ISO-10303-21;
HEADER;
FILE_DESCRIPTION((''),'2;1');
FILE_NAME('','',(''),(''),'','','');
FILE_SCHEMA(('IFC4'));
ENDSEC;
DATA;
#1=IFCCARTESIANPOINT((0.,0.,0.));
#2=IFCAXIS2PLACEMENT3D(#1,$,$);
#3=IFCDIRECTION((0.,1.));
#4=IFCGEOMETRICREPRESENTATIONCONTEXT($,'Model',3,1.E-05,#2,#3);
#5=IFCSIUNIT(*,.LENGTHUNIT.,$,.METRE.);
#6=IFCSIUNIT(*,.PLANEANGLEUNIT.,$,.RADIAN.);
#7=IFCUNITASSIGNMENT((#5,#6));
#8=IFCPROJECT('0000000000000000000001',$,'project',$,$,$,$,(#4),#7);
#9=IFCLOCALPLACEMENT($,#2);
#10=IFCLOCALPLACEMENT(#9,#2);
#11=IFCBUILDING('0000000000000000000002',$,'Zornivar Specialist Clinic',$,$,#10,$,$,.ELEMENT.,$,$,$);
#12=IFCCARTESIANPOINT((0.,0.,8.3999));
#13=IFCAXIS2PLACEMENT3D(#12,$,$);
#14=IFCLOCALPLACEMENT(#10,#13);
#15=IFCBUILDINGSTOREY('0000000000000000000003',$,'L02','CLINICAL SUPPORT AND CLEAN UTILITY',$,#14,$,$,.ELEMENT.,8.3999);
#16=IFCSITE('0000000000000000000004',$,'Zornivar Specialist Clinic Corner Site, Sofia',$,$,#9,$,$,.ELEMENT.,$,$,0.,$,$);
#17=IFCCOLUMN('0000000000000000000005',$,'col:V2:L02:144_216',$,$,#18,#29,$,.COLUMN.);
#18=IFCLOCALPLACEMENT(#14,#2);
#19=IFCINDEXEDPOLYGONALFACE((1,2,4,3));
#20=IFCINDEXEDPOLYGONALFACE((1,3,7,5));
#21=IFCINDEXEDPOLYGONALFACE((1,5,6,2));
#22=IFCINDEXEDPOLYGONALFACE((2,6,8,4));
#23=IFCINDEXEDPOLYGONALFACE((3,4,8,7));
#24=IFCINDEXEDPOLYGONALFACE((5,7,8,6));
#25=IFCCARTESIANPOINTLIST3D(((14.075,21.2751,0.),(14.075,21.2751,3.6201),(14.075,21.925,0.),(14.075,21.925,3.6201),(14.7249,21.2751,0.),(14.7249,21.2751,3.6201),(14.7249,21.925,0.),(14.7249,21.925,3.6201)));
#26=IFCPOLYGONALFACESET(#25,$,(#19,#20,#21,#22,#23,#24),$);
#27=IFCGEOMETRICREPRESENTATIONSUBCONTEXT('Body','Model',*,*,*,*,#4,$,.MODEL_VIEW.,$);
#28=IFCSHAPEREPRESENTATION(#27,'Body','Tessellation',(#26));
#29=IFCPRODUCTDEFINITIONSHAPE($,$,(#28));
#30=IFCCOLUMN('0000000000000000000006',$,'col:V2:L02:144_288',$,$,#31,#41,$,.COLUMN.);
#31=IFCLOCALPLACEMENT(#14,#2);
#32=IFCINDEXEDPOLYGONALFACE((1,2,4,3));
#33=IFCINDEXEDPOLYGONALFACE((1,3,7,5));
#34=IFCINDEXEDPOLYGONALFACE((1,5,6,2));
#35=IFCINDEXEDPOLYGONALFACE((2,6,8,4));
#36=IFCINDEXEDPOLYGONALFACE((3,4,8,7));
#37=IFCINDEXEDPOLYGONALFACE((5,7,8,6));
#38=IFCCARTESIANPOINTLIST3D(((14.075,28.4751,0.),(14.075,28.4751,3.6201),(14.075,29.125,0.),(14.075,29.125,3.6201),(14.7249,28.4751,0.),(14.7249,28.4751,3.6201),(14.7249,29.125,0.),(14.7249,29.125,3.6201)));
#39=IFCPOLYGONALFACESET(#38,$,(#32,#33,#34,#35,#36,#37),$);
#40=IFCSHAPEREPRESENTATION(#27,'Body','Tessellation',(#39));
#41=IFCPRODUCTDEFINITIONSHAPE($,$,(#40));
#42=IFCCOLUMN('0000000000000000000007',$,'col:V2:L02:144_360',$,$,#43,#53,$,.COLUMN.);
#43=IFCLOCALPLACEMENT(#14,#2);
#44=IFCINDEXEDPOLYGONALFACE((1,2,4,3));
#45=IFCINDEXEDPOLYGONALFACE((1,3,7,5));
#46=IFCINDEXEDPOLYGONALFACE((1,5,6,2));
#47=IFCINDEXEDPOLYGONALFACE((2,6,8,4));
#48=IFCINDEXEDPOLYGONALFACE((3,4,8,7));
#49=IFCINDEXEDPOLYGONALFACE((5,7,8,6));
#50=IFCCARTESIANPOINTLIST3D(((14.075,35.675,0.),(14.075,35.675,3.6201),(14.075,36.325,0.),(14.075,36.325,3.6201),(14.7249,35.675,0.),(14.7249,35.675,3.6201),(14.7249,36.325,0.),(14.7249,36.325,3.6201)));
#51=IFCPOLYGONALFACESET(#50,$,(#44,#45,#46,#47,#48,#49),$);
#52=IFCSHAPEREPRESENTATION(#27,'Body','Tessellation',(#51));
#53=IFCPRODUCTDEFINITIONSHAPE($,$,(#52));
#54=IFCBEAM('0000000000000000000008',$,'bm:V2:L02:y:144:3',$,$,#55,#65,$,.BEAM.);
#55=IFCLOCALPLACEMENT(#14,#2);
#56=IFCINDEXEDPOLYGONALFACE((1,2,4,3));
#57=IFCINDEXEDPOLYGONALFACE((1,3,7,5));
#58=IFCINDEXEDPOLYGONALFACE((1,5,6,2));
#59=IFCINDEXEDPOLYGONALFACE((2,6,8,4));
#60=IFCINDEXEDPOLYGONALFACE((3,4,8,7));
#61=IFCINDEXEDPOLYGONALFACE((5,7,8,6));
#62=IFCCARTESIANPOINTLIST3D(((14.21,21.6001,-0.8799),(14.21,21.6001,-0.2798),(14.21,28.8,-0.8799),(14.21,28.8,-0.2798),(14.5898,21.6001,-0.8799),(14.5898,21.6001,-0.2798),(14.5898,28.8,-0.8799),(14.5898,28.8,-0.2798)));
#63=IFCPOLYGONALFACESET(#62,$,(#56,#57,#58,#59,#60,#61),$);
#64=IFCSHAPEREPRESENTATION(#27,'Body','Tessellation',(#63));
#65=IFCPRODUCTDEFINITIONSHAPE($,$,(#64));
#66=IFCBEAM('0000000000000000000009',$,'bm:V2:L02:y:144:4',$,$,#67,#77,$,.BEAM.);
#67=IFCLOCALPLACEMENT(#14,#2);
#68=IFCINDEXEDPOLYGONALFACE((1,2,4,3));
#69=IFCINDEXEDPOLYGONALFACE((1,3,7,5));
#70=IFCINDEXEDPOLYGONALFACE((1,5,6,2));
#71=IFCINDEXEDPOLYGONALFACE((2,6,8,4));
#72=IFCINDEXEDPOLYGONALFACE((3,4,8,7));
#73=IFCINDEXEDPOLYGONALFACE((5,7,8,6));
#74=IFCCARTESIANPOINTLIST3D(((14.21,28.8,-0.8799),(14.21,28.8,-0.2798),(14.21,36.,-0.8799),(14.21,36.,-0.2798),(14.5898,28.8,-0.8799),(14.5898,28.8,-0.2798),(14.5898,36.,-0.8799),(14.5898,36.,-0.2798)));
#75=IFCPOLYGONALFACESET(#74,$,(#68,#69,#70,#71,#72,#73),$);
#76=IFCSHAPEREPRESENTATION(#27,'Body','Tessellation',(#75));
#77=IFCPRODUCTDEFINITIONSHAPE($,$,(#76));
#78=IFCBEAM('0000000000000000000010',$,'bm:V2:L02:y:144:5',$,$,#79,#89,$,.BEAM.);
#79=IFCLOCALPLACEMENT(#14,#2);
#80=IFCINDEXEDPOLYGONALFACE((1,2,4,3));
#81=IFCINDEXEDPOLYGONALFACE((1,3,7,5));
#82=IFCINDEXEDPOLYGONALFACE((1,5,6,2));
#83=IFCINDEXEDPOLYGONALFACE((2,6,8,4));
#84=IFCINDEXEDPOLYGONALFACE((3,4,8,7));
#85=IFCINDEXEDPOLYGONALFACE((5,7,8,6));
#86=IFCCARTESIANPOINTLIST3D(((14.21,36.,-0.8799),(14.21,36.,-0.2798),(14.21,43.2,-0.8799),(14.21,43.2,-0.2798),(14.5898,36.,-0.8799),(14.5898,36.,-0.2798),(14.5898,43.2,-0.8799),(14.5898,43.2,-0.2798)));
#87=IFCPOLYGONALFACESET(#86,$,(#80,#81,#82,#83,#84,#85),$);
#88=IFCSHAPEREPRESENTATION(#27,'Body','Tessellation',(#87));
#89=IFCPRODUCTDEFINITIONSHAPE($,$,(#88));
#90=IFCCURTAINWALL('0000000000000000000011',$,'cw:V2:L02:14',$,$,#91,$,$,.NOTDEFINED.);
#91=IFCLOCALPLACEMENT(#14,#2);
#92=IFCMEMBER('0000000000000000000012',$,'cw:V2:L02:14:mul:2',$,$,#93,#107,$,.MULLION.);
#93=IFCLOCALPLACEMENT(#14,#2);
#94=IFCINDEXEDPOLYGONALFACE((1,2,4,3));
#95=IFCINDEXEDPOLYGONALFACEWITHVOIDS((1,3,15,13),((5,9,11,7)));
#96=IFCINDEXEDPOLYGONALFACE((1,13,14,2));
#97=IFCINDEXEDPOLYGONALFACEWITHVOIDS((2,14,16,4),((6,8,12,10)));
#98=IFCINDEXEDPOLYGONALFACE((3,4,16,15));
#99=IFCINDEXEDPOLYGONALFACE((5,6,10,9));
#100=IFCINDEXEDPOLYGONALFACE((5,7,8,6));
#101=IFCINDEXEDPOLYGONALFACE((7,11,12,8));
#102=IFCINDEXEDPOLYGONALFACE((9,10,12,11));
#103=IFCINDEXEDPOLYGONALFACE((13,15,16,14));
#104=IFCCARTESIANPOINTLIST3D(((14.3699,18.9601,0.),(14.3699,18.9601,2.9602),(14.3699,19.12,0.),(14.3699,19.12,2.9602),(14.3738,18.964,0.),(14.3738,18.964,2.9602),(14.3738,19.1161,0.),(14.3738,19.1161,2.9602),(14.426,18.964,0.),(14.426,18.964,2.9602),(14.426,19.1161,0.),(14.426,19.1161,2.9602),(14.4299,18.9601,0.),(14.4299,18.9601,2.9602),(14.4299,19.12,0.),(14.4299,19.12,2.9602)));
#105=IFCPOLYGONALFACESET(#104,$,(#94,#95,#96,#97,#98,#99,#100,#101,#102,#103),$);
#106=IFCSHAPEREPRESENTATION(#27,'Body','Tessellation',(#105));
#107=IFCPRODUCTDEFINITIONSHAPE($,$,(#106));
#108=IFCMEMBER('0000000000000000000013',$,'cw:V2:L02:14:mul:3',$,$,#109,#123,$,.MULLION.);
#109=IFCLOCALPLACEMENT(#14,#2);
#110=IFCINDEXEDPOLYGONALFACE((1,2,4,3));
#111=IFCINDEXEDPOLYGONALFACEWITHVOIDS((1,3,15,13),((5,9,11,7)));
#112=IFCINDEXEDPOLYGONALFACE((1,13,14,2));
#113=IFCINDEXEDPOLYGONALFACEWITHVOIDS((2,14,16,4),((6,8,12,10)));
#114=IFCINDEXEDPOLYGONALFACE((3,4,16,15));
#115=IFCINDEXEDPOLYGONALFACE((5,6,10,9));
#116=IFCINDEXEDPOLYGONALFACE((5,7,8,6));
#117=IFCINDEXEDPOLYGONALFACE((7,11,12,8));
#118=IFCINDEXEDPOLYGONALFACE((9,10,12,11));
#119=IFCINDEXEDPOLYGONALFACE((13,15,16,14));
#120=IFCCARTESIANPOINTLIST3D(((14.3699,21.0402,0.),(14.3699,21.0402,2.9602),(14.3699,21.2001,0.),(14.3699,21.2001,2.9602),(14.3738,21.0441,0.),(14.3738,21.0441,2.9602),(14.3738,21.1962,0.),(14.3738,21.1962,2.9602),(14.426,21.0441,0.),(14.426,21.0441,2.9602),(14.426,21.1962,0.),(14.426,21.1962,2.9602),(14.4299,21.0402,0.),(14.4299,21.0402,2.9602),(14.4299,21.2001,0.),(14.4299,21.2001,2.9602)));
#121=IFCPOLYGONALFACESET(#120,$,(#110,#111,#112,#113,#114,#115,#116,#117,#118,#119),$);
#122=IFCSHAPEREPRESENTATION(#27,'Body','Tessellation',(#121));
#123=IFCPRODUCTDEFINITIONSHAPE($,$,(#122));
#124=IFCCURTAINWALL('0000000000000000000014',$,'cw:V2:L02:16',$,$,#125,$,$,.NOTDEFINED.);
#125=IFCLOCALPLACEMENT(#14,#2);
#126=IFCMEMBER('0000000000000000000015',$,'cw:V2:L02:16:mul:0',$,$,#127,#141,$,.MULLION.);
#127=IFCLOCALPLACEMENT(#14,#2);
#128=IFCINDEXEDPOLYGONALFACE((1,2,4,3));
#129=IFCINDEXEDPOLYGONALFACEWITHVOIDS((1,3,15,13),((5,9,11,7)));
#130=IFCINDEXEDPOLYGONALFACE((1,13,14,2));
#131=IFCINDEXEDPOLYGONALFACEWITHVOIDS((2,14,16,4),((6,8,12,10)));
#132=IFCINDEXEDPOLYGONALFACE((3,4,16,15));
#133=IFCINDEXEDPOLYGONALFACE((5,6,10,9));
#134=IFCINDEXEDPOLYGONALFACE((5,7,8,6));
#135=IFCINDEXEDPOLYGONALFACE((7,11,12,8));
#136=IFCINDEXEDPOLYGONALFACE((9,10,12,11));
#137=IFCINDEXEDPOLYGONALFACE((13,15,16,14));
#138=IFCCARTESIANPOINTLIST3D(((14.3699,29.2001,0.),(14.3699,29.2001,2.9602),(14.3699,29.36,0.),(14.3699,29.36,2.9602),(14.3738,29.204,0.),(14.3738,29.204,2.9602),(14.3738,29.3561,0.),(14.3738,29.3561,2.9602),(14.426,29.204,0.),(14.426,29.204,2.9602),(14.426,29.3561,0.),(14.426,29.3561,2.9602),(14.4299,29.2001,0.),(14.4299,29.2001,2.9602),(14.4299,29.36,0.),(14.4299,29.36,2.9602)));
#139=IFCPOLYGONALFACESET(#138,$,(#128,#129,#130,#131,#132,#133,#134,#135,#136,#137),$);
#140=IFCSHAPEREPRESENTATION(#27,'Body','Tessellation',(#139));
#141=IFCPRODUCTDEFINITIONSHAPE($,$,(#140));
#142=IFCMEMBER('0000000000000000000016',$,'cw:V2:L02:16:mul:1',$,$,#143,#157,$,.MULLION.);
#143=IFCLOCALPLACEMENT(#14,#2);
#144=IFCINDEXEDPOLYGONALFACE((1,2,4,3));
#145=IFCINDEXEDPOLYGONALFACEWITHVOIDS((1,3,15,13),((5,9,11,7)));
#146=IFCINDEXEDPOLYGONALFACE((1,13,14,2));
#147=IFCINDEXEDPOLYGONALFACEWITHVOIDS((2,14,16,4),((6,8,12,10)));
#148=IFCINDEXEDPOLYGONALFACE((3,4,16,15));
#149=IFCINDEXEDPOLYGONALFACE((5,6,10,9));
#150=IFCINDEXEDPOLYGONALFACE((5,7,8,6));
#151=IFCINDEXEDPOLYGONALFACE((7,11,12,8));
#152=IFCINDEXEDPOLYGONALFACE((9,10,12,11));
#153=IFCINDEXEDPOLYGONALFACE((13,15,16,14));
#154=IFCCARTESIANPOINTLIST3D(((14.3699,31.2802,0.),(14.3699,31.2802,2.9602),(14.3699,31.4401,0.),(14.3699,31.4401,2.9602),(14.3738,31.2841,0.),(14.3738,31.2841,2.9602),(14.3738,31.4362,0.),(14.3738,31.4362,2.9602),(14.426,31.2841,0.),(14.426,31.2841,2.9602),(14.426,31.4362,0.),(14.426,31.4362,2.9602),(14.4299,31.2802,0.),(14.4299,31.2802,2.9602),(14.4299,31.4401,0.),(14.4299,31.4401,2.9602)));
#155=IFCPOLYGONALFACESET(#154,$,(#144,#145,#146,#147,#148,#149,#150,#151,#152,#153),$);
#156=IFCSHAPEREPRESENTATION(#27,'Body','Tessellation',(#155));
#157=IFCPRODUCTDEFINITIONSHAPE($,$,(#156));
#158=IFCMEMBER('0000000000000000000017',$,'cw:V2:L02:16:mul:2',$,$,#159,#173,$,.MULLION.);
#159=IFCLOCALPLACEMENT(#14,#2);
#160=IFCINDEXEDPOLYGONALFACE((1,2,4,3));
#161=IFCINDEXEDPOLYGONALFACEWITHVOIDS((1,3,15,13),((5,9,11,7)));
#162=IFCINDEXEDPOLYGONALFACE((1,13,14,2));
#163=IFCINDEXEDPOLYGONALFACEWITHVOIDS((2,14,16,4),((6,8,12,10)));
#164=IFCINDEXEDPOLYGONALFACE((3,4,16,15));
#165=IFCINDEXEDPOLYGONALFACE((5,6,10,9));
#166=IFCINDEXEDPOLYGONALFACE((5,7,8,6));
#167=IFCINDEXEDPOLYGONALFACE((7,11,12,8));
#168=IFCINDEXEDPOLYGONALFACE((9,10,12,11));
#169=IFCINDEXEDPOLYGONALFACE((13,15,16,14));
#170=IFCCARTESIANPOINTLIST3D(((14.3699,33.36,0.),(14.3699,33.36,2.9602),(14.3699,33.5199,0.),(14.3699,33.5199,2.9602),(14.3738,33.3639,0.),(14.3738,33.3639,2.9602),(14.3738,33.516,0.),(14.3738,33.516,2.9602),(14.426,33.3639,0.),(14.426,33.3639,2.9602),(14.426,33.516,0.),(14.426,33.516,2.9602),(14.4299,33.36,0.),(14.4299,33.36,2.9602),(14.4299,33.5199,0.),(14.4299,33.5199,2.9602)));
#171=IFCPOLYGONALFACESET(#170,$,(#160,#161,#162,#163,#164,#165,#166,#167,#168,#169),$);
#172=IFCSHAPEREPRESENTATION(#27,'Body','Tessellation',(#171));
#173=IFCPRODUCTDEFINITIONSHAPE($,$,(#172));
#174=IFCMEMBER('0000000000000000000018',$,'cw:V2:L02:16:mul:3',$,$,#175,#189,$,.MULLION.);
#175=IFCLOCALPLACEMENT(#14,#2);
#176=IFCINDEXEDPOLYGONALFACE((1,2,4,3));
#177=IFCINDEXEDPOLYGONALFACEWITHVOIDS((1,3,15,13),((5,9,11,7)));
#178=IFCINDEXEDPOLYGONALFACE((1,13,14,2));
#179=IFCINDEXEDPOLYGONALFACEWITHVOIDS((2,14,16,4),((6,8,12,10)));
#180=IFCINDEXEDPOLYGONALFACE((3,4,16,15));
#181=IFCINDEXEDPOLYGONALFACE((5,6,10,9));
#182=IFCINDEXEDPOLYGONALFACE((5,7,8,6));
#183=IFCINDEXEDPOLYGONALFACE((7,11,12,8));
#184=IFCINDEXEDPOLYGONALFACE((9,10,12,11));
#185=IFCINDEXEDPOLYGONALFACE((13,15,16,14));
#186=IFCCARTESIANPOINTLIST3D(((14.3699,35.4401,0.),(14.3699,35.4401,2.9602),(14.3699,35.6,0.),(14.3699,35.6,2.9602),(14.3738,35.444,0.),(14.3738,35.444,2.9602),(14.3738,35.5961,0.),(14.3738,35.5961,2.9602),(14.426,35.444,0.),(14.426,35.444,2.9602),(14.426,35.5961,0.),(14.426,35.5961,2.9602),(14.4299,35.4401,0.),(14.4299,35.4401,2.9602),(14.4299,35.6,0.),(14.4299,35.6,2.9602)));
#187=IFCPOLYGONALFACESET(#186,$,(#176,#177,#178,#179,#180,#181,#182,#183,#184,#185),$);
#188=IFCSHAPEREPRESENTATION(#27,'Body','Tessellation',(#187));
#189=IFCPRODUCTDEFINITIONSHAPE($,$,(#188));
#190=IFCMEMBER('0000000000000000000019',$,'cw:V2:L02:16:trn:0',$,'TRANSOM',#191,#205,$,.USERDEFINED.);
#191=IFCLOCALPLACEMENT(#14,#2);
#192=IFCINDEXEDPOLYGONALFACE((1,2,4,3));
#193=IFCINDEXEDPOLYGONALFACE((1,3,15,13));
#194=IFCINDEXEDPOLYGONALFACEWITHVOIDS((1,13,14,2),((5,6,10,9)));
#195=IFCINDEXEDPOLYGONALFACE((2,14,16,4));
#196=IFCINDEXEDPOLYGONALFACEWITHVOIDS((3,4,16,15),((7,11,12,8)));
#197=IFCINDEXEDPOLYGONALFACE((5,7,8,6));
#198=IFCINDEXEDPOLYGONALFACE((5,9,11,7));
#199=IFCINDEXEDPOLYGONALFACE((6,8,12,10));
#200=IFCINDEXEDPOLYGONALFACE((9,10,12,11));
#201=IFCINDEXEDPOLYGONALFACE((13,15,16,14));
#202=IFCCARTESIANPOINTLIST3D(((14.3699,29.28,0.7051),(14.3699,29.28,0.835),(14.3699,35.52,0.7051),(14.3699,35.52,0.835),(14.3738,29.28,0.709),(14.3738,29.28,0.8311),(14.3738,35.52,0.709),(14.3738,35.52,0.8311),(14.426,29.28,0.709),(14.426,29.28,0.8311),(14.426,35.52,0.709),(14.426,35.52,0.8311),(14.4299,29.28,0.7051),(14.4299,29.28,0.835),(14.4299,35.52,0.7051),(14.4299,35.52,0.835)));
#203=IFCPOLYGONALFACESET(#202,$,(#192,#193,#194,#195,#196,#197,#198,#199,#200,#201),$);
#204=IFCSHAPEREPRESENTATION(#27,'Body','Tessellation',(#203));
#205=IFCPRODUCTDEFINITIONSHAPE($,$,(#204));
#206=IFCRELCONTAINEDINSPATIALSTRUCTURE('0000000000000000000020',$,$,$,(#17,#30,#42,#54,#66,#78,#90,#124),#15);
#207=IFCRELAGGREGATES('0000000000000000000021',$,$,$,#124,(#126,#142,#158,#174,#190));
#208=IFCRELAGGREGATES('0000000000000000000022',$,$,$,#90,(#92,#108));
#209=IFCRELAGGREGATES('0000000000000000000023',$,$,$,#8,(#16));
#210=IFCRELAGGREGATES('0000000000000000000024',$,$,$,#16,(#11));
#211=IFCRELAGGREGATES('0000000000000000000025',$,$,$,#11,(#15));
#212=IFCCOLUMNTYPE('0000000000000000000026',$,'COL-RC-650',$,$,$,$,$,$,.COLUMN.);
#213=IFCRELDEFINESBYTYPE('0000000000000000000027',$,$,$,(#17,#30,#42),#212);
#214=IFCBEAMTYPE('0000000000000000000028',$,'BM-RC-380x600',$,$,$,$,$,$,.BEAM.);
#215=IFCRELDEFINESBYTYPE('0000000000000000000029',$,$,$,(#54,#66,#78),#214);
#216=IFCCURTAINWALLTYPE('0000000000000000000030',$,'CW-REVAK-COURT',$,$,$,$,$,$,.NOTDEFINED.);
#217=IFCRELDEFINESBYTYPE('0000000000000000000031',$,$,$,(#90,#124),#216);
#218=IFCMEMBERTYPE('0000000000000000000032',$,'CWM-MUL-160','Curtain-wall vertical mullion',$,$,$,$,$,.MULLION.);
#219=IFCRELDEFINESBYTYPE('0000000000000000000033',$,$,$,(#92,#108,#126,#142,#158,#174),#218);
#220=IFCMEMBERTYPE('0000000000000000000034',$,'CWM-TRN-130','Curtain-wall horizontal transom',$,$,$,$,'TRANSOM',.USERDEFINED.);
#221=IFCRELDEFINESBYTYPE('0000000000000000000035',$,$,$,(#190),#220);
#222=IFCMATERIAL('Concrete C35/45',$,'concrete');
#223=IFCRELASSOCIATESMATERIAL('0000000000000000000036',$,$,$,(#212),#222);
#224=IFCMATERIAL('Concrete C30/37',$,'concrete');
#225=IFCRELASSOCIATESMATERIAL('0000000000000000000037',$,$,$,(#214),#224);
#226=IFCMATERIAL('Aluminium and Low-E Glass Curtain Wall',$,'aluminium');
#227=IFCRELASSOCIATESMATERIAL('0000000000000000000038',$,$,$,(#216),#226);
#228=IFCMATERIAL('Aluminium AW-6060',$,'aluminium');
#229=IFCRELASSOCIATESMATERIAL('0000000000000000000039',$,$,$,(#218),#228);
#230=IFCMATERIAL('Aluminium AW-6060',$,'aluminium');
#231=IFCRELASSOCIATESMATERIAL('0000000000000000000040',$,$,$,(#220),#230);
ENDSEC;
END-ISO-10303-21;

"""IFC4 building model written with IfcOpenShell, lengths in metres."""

from ifc_helpers import new_model, si_unit, direction, frame, origin, origin_2d, place, context, subcontext, project, spatial, rectangle, hollow_rectangle, extrude, material, material_profile, profile_set, type_object, element, aggregate, save


model = new_model("IFC4")

# Units and contexts
model_context = context("Model", 3, precision=1e-05, world=origin(), true_north=direction((0.0, 1.0)))
body_context = subcontext(model_context, "Body", "Model", "MODEL_VIEW")
ifc_project = project(units=[si_unit("LENGTHUNIT", "METRE"), si_unit("PLANEANGLEUNIT", "RADIAN")], contexts=[model_context])

# Site, building, storey
site_placement = place(None, origin())
site = spatial("IfcSite", under=ifc_project, at=site_placement, Name="Zornivar Specialist Clinic Corner Site, Sofia", CompositionType="ELEMENT", RefElevation=0.0)
building_placement = place(site_placement, origin())
building = spatial("IfcBuilding", under=site, at=building_placement, Name="Zornivar Specialist Clinic", CompositionType="ELEMENT")
storey_placement = place(building_placement, frame((0.0, 0.0, 8.3999)))
storey = spatial("IfcBuildingStorey", under=building, at=storey_placement, Name="L02", Description="CLINICAL SUPPORT AND CLEAN UTILITY", CompositionType="ELEMENT", Elevation=8.3999)

# Columns
ifc_material_1 = material(Name="Concrete C35/45", Category="concrete")
ifc_material_profile_1 = material_profile(ifc_material_1, rectangle(XDim=0.6499, YDim=0.6499, at=origin_2d()), Name="RC 650x650")
ifc_profile_set_1 = profile_set([ifc_material_profile_1], Name="Concrete C35/45")
column_type = type_object("IfcColumnType", Name="COL-RC-650", PredefinedType="COLUMN", material=ifc_profile_set_1)
for number, where, z_axis, x_axis, name in (
    (1, (14.3999, 21.6001, 0.0), (0.0, 0.0, 1.0), (1.0, 0.0, 0.0), "col:V2:L02:144_216"),
    (2, (14.3999, 28.8, 0.0), (0.0, 0.0, 1.0), (1.0, 0.0, 0.0), "col:V2:L02:144_288"),
    (3, (14.3999, 36.0, 0.0), (0.0, 0.0, 1.0), (1.0, 0.0, 0.0), "col:V2:L02:144_360"),
):
    element("IfcColumn", number, at=place(storey_placement, frame(where, z_axis=z_axis, x_axis=x_axis)), inside=storey, type_object=column_type, Name=name, PredefinedType="COLUMN", context=body_context, shape_type="SweptSolid", body=[
        extrude(rectangle(XDim=0.6499, YDim=0.6499, at=origin_2d()), origin(), (0.0, 0.0, 1.0), 3.6201),
    ])

# Beams
ifc_material_2 = material(Name="Concrete C30/37", Category="concrete")
ifc_material_profile_2 = material_profile(ifc_material_2, rectangle(XDim=0.3799, YDim=0.6001, at=origin_2d()), Name="RC 380x600")
ifc_profile_set_2 = profile_set([ifc_material_profile_2], Name="Concrete C30/37")
beam_type = type_object("IfcBeamType", Name="BM-RC-380x600", PredefinedType="BEAM", material=ifc_profile_set_2)
for number, where, z_axis, x_axis, name in (
    (4, (14.3999, 21.6001, -0.5798), (0.0, 1.0, 0.0), (-1.0, 0.0, 0.0), "bm:V2:L02:y:144:3"),
    (5, (14.3999, 28.8, -0.5798), (0.0, 1.0, 0.0), (-1.0, 0.0, 0.0), "bm:V2:L02:y:144:4"),
    (6, (14.3999, 36.0, -0.5798), (0.0, 1.0, 0.0), (-1.0, 0.0, 0.0), "bm:V2:L02:y:144:5"),
):
    element("IfcBeam", number, at=place(storey_placement, frame(where, z_axis=z_axis, x_axis=x_axis)), inside=storey, type_object=beam_type, Name=name, PredefinedType="BEAM", context=body_context, shape_type="SweptSolid", body=[
        extrude(rectangle(XDim=0.3799, YDim=0.6001, at=origin_2d()), origin(), (0.0, 0.0, 1.0), 7.2),
    ])

# Curtain walls, members
ifc_material_3 = material(Name="Aluminium and Low-E Glass Curtain Wall", Category="aluminium")
curtain_wall_type = type_object("IfcCurtainWallType", Name="CW-REVAK-COURT", PredefinedType="NOTDEFINED", material=ifc_material_3)
curtain_wall_1_placement = place(storey_placement, origin())
curtain_wall_1 = element("IfcCurtainWall", 7, at=curtain_wall_1_placement, inside=storey, type_object=curtain_wall_type, Name="cw:V2:L02:14", PredefinedType="NOTDEFINED")
ifc_material_4 = material(Name="Aluminium AW-6060", Category="aluminium")
ifc_material_profile_3 = material_profile(ifc_material_4, hollow_rectangle(XDim=0.0601, YDim=0.1599, WallThickness=0.0039, at=origin_2d()), Name="ALU 60x160x4")
ifc_profile_set_3 = profile_set([ifc_material_profile_3], Name="Aluminium AW-6060")
member_type_1 = type_object("IfcMemberType", Name="CWM-MUL-160", Description="Curtain-wall vertical mullion", PredefinedType="MULLION", material=ifc_profile_set_3)
member_1_placement = place(storey_placement, frame((14.3999, 19.04, 0.0), z_axis=(0.0, 0.0, 1.0), x_axis=(1.0, 0.0, 0.0)))
member_1 = element("IfcMember", 8, at=member_1_placement, type_object=member_type_1, Name="cw:V2:L02:14:mul:2", PredefinedType="MULLION", context=body_context, shape_type="SweptSolid", body=[
    extrude(hollow_rectangle(XDim=0.0601, YDim=0.1599, WallThickness=0.0039, at=origin_2d()), origin(), (0.0, 0.0, 1.0), 2.9602),
])
member_2_placement = place(storey_placement, frame((14.3999, 21.1201, 0.0), z_axis=(0.0, 0.0, 1.0), x_axis=(1.0, 0.0, 0.0)))
member_2 = element("IfcMember", 9, at=member_2_placement, type_object=member_type_1, Name="cw:V2:L02:14:mul:3", PredefinedType="MULLION", context=body_context, shape_type="SweptSolid", body=[
    extrude(hollow_rectangle(XDim=0.0601, YDim=0.1599, WallThickness=0.0039, at=origin_2d()), origin(), (0.0, 0.0, 1.0), 2.9602),
])
curtain_wall_2_placement = place(storey_placement, origin())
curtain_wall_2 = element("IfcCurtainWall", 10, at=curtain_wall_2_placement, inside=storey, type_object=curtain_wall_type, Name="cw:V2:L02:16", PredefinedType="NOTDEFINED")
member_3_placement = place(storey_placement, frame((14.3999, 29.28, 0.0), z_axis=(0.0, 0.0, 1.0), x_axis=(1.0, 0.0, 0.0)))
member_3 = element("IfcMember", 11, at=member_3_placement, type_object=member_type_1, Name="cw:V2:L02:16:mul:0", PredefinedType="MULLION", context=body_context, shape_type="SweptSolid", body=[
    extrude(hollow_rectangle(XDim=0.0601, YDim=0.1599, WallThickness=0.0039, at=origin_2d()), origin(), (0.0, 0.0, 1.0), 2.9602),
])
member_4_placement = place(storey_placement, frame((14.3999, 31.3601, 0.0), z_axis=(0.0, 0.0, 1.0), x_axis=(1.0, 0.0, 0.0)))
member_4 = element("IfcMember", 12, at=member_4_placement, type_object=member_type_1, Name="cw:V2:L02:16:mul:1", PredefinedType="MULLION", context=body_context, shape_type="SweptSolid", body=[
    extrude(hollow_rectangle(XDim=0.0601, YDim=0.1599, WallThickness=0.0039, at=origin_2d()), origin(), (0.0, 0.0, 1.0), 2.9602),
])
member_5_placement = place(storey_placement, frame((14.3999, 33.4399, 0.0), z_axis=(0.0, 0.0, 1.0), x_axis=(1.0, 0.0, 0.0)))
member_5 = element("IfcMember", 13, at=member_5_placement, type_object=member_type_1, Name="cw:V2:L02:16:mul:2", PredefinedType="MULLION", context=body_context, shape_type="SweptSolid", body=[
    extrude(hollow_rectangle(XDim=0.0601, YDim=0.1599, WallThickness=0.0039, at=origin_2d()), origin(), (0.0, 0.0, 1.0), 2.9602),
])
member_6_placement = place(storey_placement, frame((14.3999, 35.52, 0.0), z_axis=(0.0, 0.0, 1.0), x_axis=(1.0, 0.0, 0.0)))
member_6 = element("IfcMember", 14, at=member_6_placement, type_object=member_type_1, Name="cw:V2:L02:16:mul:3", PredefinedType="MULLION", context=body_context, shape_type="SweptSolid", body=[
    extrude(hollow_rectangle(XDim=0.0601, YDim=0.1599, WallThickness=0.0039, at=origin_2d()), origin(), (0.0, 0.0, 1.0), 2.9602),
])
ifc_material_5 = material(Name="Aluminium AW-6060", Category="aluminium")
ifc_material_profile_4 = material_profile(ifc_material_5, hollow_rectangle(XDim=0.0601, YDim=0.1299, WallThickness=0.0039, at=origin_2d()), Name="ALU 60x130x4")
ifc_profile_set_4 = profile_set([ifc_material_profile_4], Name="Aluminium AW-6060")
member_type_2 = type_object("IfcMemberType", Name="CWM-TRN-130", Description="Curtain-wall horizontal transom", ElementType="TRANSOM", PredefinedType="USERDEFINED", material=ifc_profile_set_4)
member_7_placement = place(storey_placement, frame((14.3999, 29.28, 0.77), z_axis=(0.0, 1.0, 0.0), x_axis=(-1.0, 0.0, 0.0)))
member_7 = element("IfcMember", 15, at=member_7_placement, type_object=member_type_2, Name="cw:V2:L02:16:trn:0", ObjectType="TRANSOM", PredefinedType="USERDEFINED", context=body_context, shape_type="SweptSolid", body=[
    extrude(hollow_rectangle(XDim=0.0601, YDim=0.1299, WallThickness=0.0039, at=origin_2d()), origin(), (0.0, 0.0, 1.0), 6.24),
])

aggregate(curtain_wall_2, [member_3, member_4, member_5, member_6, member_7])
aggregate(curtain_wall_1, [member_1, member_2])

save(model, "model.ifc")
